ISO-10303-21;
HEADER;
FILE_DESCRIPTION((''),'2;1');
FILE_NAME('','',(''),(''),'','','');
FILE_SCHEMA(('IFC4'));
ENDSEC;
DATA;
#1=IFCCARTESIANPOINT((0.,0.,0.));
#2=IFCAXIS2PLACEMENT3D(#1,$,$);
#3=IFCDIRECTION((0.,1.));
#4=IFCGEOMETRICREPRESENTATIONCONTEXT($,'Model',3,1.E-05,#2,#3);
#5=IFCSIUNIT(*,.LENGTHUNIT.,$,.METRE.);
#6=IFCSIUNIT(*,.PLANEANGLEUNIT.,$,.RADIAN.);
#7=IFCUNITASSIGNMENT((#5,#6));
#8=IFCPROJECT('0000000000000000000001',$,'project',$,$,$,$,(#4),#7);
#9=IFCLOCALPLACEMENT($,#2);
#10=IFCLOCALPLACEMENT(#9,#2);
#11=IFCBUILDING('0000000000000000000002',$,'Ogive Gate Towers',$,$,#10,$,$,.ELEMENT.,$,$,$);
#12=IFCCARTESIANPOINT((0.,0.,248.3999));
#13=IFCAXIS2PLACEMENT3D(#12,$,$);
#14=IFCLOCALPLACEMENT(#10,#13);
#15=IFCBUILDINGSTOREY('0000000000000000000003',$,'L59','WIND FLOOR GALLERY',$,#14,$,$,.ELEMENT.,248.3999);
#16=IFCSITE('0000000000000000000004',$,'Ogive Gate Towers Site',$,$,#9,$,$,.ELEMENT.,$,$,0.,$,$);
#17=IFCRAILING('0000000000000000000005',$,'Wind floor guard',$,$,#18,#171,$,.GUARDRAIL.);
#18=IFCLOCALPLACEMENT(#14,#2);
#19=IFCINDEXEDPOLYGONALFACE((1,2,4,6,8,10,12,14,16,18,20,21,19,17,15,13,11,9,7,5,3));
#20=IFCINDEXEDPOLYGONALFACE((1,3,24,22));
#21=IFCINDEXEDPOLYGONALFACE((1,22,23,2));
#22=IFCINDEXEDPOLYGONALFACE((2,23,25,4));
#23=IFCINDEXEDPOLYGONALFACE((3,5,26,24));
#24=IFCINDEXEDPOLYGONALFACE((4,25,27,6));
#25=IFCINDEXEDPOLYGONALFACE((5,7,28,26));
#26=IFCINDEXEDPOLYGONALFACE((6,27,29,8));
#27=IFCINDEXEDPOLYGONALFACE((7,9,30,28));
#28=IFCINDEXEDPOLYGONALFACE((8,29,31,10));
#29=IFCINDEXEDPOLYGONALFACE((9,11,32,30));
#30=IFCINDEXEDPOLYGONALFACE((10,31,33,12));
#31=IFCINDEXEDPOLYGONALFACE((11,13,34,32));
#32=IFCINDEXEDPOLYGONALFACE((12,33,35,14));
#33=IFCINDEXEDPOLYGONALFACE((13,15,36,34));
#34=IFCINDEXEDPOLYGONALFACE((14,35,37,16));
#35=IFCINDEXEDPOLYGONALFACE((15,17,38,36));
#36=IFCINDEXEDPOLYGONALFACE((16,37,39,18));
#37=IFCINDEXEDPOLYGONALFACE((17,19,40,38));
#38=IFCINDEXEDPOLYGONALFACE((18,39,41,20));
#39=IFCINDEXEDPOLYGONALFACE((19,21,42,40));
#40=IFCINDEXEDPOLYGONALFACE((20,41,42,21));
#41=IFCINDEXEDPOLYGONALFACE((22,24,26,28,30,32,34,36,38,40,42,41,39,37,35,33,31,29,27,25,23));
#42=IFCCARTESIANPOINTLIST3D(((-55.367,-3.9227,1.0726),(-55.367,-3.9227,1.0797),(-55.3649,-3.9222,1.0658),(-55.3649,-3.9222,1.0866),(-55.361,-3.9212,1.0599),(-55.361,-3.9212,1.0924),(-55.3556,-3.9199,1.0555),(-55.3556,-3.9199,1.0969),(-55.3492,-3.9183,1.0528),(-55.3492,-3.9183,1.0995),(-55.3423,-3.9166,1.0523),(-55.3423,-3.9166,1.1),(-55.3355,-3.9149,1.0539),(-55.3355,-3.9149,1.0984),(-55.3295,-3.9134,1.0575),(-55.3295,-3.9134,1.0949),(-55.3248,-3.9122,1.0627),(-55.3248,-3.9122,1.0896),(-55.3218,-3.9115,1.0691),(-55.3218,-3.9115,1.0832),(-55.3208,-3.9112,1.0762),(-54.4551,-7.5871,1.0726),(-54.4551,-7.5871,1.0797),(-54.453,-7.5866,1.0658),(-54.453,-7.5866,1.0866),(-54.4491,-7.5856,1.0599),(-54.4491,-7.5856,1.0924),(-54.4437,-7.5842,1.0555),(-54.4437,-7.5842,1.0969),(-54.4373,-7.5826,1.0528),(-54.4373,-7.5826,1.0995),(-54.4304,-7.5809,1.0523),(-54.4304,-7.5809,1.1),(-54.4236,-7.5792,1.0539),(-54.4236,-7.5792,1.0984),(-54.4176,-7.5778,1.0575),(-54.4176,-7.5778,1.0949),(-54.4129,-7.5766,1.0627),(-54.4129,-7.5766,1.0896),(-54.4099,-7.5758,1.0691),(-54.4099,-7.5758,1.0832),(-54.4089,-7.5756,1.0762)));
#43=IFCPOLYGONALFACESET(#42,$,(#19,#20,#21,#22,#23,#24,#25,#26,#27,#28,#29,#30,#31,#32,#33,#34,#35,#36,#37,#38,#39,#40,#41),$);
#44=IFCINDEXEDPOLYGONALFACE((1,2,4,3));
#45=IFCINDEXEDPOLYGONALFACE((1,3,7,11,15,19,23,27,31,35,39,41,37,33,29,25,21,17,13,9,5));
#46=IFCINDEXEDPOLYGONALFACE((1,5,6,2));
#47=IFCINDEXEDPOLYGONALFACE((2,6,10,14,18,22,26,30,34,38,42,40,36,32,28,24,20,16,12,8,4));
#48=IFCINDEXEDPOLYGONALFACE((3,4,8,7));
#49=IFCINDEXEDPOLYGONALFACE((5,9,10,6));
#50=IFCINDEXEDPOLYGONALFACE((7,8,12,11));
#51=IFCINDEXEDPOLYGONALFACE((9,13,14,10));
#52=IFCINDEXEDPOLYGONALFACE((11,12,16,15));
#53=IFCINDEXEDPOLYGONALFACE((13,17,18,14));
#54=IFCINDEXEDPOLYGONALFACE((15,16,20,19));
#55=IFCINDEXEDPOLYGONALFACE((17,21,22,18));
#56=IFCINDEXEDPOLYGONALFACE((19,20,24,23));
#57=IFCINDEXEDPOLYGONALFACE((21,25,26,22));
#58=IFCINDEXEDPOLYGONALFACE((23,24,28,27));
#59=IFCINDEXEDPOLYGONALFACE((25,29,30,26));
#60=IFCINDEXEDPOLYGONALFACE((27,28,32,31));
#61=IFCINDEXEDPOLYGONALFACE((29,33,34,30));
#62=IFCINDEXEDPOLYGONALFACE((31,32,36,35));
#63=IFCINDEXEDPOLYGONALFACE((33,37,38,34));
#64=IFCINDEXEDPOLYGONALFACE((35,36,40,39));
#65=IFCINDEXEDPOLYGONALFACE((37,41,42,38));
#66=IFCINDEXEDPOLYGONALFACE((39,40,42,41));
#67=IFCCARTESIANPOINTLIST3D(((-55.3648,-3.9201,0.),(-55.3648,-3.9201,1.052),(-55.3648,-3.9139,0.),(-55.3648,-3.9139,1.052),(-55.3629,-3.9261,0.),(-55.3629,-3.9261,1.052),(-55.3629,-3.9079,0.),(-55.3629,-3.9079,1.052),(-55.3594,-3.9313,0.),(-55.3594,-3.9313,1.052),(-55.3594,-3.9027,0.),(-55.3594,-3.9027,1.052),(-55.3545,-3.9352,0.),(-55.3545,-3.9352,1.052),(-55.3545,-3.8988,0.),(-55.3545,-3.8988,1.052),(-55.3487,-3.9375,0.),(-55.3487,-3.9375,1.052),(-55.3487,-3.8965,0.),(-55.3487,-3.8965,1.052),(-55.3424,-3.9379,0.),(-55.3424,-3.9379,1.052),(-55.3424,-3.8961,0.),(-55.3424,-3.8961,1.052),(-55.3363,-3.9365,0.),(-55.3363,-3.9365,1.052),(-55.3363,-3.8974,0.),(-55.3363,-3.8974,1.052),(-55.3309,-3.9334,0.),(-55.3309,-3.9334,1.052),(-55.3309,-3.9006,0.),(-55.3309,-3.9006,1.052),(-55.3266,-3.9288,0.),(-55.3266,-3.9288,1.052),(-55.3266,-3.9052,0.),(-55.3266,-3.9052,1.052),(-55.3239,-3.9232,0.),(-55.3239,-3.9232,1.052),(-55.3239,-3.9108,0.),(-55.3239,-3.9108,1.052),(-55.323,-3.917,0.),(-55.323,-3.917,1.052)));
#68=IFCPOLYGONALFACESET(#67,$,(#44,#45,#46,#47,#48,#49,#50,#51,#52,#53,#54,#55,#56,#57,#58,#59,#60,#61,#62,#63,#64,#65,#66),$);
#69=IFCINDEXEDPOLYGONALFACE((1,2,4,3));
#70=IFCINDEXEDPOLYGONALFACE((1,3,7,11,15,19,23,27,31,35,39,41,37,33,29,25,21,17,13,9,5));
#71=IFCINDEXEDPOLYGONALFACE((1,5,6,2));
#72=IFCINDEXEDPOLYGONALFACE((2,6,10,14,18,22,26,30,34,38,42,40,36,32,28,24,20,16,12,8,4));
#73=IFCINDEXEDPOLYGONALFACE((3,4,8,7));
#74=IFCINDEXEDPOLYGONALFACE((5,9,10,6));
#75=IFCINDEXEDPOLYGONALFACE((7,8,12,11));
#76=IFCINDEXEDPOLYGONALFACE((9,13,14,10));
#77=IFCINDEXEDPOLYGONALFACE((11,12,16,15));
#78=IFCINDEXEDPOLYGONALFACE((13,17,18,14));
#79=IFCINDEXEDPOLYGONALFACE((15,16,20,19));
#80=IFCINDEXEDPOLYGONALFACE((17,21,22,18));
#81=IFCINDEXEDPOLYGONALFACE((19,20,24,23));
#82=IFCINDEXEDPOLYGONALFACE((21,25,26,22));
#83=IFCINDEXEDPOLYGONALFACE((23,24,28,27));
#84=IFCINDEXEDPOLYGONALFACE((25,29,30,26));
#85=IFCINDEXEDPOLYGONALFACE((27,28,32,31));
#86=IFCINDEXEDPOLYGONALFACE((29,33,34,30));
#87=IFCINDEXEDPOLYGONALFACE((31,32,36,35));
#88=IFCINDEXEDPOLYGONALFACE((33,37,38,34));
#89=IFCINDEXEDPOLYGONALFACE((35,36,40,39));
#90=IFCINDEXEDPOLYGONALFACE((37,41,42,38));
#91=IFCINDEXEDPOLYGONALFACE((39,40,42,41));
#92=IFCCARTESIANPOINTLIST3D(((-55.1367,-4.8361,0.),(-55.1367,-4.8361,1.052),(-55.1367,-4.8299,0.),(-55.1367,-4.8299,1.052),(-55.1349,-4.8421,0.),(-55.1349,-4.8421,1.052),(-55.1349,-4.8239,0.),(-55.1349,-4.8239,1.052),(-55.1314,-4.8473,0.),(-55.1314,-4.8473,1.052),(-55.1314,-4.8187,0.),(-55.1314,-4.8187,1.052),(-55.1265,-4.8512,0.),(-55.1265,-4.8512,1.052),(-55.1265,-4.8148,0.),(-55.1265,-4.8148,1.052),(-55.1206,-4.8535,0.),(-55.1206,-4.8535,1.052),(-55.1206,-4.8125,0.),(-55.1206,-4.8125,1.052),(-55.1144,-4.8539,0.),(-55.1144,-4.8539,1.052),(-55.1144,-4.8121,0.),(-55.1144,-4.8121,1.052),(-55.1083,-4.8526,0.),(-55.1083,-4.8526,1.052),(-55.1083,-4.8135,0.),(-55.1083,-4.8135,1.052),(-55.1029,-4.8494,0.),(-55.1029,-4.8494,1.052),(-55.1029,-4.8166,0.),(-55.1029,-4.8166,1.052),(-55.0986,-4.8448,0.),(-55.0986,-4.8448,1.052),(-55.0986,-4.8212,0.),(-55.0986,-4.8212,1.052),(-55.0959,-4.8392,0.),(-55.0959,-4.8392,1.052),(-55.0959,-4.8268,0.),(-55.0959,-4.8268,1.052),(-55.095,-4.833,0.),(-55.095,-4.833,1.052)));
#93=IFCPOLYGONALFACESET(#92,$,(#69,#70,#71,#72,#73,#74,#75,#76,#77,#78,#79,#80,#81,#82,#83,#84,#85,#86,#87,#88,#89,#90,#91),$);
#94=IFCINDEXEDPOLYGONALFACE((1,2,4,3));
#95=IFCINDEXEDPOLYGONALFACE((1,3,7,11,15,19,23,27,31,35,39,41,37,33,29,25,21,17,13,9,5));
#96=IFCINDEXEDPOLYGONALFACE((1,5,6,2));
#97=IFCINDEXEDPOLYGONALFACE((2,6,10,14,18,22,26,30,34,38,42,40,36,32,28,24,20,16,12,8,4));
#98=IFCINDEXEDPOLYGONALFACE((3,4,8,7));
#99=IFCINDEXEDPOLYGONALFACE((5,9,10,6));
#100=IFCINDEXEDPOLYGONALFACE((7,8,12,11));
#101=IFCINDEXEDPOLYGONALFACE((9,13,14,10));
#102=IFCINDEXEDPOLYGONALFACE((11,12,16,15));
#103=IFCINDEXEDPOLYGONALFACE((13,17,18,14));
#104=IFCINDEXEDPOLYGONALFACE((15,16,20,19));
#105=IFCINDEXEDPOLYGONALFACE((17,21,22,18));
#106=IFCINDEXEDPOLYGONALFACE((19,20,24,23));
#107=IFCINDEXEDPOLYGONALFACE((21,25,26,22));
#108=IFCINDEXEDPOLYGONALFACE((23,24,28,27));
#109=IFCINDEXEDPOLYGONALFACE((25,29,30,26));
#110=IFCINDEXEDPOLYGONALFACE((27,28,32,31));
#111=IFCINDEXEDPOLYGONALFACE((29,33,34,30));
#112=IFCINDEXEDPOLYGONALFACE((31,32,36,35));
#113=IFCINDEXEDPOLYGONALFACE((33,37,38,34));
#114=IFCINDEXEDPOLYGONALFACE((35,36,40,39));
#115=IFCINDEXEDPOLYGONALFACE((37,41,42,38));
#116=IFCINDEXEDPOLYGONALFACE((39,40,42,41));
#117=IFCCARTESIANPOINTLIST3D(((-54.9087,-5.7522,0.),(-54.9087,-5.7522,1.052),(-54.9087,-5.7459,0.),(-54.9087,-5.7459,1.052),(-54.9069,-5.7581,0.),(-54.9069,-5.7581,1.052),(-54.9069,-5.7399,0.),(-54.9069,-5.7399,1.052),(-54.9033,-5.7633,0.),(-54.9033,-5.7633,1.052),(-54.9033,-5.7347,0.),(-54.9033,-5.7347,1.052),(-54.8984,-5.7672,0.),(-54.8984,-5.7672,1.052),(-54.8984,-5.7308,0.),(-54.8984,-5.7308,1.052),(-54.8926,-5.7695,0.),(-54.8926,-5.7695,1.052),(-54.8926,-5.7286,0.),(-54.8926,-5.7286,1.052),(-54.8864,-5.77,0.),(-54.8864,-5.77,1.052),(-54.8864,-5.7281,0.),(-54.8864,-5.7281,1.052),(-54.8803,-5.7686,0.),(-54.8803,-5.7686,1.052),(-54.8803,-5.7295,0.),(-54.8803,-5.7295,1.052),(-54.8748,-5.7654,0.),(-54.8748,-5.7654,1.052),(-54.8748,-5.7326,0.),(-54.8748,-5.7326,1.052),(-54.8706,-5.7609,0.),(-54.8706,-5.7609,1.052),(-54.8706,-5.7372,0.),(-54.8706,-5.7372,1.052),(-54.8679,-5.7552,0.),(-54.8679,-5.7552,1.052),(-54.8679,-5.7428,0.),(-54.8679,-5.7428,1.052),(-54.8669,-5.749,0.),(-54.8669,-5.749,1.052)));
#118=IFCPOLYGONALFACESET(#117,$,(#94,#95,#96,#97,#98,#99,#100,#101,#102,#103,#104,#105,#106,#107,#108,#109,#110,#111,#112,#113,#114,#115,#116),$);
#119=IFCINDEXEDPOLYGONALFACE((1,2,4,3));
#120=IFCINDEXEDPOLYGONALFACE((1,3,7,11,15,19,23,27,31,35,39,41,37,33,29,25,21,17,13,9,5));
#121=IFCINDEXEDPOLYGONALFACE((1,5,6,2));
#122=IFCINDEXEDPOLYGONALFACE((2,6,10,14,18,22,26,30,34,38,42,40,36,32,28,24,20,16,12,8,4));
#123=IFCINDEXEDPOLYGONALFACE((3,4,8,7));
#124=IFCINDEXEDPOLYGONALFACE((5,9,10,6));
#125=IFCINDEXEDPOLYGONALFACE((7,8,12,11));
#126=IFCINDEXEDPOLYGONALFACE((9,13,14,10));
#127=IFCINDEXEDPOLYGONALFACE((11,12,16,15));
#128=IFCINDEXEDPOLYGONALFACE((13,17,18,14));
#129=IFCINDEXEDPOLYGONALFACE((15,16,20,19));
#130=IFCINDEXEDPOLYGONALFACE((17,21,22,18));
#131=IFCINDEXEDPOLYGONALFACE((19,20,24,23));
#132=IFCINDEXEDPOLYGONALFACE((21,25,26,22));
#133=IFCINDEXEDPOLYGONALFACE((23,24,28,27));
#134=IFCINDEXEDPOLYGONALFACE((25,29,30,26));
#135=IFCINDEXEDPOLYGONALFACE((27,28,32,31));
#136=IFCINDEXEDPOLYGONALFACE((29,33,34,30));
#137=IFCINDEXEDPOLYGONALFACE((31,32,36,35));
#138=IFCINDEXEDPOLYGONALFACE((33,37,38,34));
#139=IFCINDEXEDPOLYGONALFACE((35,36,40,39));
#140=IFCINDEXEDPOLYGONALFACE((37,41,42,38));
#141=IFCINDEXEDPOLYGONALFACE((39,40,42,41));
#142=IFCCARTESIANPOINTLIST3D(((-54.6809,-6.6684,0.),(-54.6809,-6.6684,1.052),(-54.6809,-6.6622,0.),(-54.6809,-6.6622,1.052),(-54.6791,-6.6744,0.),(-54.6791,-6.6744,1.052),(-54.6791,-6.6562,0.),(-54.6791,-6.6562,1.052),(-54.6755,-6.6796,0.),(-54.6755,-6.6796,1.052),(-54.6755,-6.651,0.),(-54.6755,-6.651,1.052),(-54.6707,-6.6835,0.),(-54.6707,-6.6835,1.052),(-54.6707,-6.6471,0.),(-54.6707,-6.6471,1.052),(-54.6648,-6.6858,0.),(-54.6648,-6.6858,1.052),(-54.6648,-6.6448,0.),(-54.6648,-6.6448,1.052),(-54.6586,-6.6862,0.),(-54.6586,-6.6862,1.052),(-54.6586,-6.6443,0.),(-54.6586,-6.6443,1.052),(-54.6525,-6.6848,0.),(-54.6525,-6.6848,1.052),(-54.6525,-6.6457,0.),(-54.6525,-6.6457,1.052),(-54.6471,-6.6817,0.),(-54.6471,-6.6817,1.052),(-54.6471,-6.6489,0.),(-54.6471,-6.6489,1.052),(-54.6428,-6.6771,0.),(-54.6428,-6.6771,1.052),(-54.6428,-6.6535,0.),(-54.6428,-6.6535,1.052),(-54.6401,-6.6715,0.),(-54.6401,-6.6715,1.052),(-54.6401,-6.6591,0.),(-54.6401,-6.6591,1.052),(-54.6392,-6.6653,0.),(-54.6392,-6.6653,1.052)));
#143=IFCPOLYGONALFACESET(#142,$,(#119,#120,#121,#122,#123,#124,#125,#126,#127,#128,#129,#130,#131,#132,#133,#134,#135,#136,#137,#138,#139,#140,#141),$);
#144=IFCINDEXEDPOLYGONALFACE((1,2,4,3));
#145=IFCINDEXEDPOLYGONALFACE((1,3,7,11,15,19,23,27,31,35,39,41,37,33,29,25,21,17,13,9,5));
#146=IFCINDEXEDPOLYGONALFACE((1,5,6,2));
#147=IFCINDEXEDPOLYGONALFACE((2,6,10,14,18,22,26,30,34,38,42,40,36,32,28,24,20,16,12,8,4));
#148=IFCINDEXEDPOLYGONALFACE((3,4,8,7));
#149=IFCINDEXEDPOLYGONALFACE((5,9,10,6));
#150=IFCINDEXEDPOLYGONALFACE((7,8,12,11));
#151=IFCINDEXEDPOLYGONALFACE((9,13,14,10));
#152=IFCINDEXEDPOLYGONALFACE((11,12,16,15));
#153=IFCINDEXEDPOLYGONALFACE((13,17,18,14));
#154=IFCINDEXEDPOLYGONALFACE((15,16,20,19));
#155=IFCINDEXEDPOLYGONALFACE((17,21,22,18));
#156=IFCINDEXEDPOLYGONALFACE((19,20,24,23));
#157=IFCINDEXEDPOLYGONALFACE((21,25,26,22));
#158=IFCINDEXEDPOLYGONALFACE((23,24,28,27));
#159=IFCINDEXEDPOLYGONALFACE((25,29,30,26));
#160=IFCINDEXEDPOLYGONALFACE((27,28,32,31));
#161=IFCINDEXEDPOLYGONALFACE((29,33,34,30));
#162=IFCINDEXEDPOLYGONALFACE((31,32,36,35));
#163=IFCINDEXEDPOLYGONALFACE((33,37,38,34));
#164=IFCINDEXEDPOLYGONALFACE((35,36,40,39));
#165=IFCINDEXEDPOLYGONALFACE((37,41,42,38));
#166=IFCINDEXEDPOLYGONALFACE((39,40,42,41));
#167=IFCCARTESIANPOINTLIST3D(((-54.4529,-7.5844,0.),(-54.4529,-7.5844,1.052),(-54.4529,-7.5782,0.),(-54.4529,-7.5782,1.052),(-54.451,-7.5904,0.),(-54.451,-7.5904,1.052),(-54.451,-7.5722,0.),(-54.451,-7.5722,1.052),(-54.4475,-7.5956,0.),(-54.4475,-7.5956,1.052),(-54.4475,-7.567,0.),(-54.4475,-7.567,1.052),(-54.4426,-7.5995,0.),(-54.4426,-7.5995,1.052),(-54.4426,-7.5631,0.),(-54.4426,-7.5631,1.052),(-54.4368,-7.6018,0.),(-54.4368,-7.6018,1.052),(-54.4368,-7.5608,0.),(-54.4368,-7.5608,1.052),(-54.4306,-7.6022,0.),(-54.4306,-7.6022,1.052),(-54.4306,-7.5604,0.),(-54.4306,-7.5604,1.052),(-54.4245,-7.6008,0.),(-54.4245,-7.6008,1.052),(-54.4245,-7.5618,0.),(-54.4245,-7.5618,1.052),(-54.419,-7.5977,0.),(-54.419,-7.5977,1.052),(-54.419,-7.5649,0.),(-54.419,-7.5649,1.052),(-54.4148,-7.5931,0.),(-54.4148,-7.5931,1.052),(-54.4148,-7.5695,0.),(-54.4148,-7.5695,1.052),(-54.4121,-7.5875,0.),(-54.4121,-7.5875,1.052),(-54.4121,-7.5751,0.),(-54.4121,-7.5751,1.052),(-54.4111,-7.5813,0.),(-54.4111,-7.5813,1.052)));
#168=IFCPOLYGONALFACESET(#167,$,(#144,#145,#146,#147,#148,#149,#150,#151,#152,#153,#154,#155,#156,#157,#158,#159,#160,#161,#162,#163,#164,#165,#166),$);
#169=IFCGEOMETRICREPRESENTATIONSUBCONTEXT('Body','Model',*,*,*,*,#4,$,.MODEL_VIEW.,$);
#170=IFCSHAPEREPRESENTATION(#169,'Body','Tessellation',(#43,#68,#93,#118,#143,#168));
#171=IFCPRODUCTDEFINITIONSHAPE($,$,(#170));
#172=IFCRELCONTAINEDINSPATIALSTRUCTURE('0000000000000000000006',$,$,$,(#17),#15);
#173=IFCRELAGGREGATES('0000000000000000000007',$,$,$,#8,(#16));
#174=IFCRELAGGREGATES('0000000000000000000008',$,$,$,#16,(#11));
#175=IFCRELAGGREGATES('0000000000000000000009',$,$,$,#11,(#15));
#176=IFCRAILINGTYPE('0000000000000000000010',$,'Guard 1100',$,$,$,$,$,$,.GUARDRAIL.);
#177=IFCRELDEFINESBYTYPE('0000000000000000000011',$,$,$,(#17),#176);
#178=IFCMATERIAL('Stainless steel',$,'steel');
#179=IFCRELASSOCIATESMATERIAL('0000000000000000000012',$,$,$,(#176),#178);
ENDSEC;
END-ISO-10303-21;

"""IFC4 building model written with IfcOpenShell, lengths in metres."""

from ifc_helpers import new_model, si_unit, direction, frame, origin, origin_2d, place, context, subcontext, project, spatial, circle, extrude, material, type_object, element, save


model = new_model("IFC4")

# Units and contexts
model_context = context("Model", 3, precision=1e-05, world=origin(), true_north=direction((0.0, 1.0)))
body_context = subcontext(model_context, "Body", "Model", "MODEL_VIEW")
ifc_project = project(units=[si_unit("LENGTHUNIT", "METRE"), si_unit("PLANEANGLEUNIT", "RADIAN")], contexts=[model_context])

# Site, building, storey
site_placement = place(None, origin())
site = spatial("IfcSite", under=ifc_project, at=site_placement, Name="Ogive Gate Towers Site", CompositionType="ELEMENT", RefElevation=0.0)
building_placement = place(site_placement, origin())
building = spatial("IfcBuilding", under=site, at=building_placement, Name="Ogive Gate Towers", CompositionType="ELEMENT")
storey_placement = place(building_placement, frame((0.0, 0.0, 248.3999)))
storey = spatial("IfcBuildingStorey", under=building, at=storey_placement, Name="L59", Description="WIND FLOOR GALLERY", CompositionType="ELEMENT", Elevation=248.3999)

# Railing
ifc_material_1 = material(Name="Stainless steel", Category="steel")
railing_type = type_object("IfcRailingType", Name="Guard 1100", PredefinedType="GUARDRAIL", material=ifc_material_1)
railing_1_placement = place(storey_placement, frame((-55.344, -3.917, 0.0)))
element("IfcRailing", 1, at=railing_1_placement, inside=storey, type_object=railing_type, Name="Wind floor guard", PredefinedType="GUARDRAIL", context=body_context, shape_type="SweptSolid", body=[
    extrude(circle(Radius=0.0239, at=origin_2d()), frame((0.0, 0.0, 1.0762), z_axis=(0.241486, -0.970404, 0.0), x_axis=(0.970404, 0.241486, 0.0)), (0.0, 0.0, 1.0), 3.7761),
    extrude(circle(Radius=0.021, at=origin_2d()), origin(), (0.0, 0.0, 1.0), 1.052),
    extrude(circle(Radius=0.021, at=origin_2d()), frame((0.228, -0.916, 0.0)), (0.0, 0.0, 1.0), 1.052),
    extrude(circle(Radius=0.021, at=origin_2d()), frame((0.4561, -1.832, 0.0)), (0.0, 0.0, 1.0), 1.052),
    extrude(circle(Radius=0.021, at=origin_2d()), frame((0.6838, -2.7483, 0.0)), (0.0, 0.0, 1.0), 1.052),
    extrude(circle(Radius=0.021, at=origin_2d()), frame((0.9119, -3.6643, 0.0)), (0.0, 0.0, 1.0), 1.052),
])

save(model, "model.ifc")
